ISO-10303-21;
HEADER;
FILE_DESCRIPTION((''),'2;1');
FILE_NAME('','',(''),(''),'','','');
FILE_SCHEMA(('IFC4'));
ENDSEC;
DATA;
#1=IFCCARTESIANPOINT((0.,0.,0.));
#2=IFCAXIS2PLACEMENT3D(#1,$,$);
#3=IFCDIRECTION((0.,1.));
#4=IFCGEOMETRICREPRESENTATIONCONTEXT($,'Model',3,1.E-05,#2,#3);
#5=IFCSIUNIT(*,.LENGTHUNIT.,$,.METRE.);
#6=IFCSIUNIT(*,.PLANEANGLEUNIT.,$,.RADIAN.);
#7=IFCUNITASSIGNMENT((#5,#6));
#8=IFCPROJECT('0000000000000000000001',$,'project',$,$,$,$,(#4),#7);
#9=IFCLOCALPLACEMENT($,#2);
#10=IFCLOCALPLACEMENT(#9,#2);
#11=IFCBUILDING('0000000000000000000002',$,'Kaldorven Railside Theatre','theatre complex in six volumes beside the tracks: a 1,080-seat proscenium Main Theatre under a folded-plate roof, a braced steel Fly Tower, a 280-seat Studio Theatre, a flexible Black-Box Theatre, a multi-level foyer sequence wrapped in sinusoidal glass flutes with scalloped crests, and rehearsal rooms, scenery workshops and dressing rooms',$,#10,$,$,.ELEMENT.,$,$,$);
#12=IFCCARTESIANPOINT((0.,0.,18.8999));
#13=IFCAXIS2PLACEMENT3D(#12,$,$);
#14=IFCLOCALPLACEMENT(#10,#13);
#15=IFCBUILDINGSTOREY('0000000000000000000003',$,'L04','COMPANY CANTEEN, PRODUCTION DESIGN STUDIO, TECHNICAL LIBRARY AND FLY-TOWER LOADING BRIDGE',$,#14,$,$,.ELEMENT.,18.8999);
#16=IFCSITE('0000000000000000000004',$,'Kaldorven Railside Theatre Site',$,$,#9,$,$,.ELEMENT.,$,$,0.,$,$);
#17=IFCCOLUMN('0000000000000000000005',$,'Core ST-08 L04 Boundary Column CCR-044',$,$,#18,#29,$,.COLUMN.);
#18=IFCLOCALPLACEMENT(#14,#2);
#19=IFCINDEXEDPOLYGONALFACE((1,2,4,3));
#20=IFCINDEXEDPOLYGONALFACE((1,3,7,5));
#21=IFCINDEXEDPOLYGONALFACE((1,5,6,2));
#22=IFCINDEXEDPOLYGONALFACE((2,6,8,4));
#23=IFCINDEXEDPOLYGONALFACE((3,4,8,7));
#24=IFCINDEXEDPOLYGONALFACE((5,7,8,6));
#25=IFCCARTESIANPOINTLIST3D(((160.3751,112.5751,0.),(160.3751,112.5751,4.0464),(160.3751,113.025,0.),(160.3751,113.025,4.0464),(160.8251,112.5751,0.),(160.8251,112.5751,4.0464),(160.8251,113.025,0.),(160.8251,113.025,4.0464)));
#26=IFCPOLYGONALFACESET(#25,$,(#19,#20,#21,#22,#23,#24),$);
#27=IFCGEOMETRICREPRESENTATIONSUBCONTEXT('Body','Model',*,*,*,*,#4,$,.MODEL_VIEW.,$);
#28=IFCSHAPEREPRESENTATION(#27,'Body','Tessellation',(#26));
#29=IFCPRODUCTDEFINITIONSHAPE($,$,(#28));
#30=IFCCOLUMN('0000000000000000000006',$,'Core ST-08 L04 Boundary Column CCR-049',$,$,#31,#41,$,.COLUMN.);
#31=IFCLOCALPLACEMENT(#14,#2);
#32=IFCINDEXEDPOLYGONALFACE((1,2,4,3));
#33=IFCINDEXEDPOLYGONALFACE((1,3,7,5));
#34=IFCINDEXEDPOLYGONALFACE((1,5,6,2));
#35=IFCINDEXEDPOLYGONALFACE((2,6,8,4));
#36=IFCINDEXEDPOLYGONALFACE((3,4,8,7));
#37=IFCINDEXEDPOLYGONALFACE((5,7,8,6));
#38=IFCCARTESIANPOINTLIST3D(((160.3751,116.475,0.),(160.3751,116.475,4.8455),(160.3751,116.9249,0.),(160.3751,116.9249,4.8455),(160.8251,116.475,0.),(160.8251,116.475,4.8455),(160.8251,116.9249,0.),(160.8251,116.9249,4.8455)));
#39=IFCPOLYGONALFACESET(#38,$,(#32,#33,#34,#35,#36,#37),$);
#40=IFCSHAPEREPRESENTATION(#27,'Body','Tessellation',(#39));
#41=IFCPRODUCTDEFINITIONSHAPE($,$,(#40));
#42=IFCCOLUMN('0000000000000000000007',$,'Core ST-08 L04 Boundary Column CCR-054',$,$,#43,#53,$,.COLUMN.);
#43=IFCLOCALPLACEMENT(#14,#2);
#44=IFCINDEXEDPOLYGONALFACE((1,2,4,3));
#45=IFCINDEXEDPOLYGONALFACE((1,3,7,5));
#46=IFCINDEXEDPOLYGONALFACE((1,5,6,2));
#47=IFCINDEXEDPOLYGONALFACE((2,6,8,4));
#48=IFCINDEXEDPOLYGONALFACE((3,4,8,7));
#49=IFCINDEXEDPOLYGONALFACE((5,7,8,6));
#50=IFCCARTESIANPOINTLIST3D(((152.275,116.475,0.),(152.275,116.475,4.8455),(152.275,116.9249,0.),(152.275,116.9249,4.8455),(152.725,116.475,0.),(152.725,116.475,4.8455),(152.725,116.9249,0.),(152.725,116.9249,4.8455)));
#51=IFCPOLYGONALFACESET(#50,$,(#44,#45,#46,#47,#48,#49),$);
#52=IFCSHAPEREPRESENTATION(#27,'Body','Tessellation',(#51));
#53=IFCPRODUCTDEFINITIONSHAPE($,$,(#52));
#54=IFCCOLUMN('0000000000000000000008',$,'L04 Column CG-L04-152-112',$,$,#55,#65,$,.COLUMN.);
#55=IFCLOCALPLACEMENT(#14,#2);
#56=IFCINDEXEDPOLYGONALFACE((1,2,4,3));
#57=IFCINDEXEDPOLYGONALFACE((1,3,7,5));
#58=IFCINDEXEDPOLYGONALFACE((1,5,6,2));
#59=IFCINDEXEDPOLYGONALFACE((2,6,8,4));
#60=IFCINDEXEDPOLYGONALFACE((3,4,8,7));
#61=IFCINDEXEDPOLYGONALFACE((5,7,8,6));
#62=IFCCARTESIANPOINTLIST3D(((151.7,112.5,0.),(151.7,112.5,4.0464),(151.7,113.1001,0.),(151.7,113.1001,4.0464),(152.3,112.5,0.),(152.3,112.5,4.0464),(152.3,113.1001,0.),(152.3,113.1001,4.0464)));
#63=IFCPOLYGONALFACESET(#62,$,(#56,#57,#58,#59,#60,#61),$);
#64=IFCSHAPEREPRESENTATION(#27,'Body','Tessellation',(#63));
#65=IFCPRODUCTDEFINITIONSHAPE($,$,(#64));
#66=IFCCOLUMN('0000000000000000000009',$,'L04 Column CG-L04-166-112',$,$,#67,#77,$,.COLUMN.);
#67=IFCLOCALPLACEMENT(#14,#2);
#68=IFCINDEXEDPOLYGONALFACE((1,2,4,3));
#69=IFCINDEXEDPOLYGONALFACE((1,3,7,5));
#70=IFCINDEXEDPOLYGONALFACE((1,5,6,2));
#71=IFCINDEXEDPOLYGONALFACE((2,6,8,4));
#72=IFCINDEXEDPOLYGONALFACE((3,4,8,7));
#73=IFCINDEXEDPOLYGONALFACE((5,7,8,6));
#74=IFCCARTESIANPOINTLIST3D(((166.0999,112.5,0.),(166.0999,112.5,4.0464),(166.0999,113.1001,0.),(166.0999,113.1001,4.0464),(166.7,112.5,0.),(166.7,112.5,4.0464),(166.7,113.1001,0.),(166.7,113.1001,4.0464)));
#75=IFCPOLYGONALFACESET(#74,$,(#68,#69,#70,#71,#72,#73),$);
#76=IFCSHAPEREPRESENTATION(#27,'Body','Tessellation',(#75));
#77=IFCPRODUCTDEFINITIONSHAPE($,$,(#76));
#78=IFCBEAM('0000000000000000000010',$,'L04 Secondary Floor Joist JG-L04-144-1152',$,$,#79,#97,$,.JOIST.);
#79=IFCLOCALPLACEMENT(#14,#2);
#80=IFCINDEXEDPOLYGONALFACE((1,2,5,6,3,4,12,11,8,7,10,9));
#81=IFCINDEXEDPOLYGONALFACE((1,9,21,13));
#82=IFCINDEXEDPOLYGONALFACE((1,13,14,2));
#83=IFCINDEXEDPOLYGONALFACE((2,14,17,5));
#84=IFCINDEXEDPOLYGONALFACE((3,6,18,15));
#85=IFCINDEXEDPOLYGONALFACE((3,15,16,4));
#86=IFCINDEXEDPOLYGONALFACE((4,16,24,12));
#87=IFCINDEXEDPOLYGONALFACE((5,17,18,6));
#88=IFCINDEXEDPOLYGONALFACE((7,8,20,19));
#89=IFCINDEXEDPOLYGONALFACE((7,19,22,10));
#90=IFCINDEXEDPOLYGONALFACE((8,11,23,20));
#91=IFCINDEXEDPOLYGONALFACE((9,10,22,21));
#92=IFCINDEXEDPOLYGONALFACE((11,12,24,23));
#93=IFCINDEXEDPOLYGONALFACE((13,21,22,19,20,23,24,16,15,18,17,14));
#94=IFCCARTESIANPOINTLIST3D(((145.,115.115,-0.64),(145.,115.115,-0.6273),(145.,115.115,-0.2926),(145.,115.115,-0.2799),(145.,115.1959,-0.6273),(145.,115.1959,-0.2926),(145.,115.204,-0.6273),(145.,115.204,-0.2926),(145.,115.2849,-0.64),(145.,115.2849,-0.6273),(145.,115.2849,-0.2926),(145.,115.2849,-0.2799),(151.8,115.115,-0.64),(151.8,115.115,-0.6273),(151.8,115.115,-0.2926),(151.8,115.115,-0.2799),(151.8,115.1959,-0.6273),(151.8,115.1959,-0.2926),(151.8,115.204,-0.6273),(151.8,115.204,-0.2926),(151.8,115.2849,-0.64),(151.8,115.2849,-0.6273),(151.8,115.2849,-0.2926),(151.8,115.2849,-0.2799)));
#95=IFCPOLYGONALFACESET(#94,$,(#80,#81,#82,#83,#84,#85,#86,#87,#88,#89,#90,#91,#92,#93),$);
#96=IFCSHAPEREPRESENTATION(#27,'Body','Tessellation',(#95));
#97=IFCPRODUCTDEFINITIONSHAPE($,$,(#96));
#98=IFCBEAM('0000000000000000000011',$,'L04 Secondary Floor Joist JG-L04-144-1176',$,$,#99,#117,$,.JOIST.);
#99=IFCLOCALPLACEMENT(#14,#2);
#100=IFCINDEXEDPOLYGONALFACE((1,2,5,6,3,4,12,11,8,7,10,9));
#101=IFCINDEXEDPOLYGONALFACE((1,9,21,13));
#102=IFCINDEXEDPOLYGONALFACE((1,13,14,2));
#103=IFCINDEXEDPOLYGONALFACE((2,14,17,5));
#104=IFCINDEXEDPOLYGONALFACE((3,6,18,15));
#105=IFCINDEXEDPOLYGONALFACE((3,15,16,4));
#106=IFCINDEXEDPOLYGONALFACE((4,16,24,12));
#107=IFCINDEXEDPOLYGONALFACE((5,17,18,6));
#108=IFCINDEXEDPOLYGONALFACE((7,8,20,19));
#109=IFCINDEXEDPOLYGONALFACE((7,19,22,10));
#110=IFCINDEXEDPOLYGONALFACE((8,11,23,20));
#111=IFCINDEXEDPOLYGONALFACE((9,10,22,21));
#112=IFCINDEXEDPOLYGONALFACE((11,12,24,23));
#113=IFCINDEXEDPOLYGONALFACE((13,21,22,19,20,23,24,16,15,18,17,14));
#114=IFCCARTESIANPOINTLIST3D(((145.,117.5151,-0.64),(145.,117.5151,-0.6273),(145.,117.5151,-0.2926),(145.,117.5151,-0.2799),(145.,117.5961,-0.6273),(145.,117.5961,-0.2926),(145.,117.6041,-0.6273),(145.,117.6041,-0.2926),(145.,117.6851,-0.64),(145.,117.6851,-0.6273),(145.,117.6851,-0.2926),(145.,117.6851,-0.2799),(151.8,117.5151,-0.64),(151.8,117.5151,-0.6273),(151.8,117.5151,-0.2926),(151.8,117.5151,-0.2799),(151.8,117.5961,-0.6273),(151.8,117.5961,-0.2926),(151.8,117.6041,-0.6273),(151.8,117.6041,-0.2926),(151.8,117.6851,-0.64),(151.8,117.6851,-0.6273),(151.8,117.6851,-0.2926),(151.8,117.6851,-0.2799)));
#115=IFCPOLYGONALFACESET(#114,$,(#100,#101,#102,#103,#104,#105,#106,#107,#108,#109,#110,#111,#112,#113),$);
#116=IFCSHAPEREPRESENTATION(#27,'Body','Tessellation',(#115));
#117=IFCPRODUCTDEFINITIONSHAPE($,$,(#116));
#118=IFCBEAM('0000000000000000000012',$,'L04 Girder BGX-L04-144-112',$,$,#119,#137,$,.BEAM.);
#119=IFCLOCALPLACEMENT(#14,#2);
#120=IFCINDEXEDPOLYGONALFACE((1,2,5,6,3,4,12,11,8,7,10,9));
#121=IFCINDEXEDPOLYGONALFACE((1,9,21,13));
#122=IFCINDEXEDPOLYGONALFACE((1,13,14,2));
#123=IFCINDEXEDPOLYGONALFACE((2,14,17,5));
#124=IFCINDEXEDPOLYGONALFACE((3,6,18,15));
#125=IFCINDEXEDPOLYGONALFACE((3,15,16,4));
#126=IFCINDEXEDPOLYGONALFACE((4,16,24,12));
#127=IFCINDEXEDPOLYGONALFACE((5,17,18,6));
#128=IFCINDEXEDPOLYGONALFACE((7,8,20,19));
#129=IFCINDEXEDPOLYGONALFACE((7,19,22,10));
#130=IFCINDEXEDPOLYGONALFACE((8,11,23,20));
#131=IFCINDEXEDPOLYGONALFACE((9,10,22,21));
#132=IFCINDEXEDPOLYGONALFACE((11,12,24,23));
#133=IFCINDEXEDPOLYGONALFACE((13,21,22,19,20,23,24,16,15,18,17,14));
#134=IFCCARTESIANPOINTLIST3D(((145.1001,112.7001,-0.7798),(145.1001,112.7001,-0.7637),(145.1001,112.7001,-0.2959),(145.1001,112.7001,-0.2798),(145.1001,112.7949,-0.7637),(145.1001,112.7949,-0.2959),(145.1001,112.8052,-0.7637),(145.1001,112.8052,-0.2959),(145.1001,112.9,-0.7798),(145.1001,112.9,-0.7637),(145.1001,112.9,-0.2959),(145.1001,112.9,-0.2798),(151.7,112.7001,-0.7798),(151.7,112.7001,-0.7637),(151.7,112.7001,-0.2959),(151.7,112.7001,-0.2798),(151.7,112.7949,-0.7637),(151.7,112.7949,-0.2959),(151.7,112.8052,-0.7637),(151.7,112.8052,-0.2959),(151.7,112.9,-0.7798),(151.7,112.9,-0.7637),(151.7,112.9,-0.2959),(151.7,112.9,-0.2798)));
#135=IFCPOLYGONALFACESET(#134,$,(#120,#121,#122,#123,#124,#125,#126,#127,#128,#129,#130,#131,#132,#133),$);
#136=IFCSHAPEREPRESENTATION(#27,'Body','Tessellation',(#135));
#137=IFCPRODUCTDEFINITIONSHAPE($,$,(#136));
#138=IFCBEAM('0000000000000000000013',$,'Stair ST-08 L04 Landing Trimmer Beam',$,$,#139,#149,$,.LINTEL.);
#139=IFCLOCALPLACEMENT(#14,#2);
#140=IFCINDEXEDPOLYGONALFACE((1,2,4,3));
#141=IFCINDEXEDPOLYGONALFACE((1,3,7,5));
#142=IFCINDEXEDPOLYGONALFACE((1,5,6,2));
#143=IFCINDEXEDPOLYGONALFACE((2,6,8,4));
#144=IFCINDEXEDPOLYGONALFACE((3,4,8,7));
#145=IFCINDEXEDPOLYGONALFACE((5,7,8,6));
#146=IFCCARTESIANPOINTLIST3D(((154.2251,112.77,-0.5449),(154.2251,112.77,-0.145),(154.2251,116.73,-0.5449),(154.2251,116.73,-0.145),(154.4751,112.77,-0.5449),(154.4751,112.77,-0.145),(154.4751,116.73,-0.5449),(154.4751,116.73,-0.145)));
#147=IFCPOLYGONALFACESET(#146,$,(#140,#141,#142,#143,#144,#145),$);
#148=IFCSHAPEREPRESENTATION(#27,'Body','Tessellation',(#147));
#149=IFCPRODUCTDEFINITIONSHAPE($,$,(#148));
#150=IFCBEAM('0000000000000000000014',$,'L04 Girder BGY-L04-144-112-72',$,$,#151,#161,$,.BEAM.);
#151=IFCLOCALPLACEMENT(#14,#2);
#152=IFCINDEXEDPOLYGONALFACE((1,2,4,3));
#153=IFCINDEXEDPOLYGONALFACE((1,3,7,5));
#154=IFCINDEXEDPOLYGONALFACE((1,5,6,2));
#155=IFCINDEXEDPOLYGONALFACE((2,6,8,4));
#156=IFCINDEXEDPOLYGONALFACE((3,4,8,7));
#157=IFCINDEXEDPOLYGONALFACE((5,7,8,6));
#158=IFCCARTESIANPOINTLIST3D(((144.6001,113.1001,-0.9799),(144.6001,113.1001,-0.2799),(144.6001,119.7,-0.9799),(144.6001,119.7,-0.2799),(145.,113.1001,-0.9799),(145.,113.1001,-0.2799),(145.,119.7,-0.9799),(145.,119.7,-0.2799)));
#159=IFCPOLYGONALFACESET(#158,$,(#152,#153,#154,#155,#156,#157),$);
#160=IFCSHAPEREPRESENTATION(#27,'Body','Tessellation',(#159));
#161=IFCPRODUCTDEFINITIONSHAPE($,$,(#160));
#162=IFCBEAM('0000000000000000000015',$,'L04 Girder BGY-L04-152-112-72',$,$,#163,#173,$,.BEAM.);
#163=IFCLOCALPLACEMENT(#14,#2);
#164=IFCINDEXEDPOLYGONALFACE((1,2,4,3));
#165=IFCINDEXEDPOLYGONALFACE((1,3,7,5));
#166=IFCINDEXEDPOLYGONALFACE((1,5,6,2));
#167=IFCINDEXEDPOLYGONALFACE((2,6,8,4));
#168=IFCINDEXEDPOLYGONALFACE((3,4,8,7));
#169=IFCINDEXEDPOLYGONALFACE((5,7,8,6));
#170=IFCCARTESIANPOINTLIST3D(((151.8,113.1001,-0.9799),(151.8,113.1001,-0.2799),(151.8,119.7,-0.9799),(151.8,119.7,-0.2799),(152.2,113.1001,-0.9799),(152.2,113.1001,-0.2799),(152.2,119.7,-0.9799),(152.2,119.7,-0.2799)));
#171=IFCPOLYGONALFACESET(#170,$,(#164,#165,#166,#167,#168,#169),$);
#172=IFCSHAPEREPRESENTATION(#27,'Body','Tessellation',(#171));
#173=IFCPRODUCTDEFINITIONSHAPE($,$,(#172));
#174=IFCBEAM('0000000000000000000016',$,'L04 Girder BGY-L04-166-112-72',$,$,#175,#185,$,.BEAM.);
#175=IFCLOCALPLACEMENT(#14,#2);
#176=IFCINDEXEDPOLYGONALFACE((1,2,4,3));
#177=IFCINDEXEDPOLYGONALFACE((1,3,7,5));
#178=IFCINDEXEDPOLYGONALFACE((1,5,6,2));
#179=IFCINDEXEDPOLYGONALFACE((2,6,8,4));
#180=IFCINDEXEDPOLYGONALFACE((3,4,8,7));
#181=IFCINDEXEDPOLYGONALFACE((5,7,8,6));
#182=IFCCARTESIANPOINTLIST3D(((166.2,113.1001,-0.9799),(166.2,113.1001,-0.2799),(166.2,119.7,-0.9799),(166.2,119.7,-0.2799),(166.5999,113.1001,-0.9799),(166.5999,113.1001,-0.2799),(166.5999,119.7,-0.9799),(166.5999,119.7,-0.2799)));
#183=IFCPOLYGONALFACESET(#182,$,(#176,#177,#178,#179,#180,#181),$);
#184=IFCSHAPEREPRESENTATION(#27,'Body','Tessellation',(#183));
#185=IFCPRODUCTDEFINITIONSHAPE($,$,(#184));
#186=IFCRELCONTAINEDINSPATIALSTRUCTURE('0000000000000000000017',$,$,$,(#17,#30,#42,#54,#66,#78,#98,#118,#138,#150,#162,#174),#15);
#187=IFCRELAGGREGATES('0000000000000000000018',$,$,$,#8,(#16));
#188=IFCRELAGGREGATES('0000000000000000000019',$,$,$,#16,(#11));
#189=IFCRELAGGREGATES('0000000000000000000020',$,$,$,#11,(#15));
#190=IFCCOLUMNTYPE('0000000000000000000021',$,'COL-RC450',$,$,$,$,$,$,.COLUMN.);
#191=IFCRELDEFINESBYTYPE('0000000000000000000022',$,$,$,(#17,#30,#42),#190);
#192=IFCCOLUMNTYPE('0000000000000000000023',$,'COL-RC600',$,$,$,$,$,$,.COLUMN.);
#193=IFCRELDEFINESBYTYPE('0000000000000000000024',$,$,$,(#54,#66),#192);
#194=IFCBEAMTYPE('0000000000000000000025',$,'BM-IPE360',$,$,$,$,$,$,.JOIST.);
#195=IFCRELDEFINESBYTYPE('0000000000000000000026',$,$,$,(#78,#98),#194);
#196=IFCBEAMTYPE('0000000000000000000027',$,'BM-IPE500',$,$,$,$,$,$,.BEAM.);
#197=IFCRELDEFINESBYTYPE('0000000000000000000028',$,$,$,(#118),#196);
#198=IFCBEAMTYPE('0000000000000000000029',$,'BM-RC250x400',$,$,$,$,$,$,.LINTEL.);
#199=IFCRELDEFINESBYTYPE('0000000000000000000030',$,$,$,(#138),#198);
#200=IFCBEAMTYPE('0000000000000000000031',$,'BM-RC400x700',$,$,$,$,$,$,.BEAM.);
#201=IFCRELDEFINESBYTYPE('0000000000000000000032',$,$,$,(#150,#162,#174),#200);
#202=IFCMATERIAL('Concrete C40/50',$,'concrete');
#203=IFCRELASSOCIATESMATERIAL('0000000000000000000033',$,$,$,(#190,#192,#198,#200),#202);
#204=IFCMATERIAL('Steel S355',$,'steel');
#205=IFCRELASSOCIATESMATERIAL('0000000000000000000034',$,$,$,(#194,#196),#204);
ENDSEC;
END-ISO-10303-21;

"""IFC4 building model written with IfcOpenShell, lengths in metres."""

from ifc_helpers import new_model, si_unit, direction, frame, origin, origin_2d, place, context, subcontext, project, spatial, rectangle, i_section, extrude, material, material_profile, profile_set, type_object, element, save


model = new_model("IFC4")

# Units and contexts
model_context = context("Model", 3, precision=1e-05, world=origin(), true_north=direction((0.0, 1.0)))
body_context = subcontext(model_context, "Body", "Model", "MODEL_VIEW")
ifc_project = project(units=[si_unit("LENGTHUNIT", "METRE"), si_unit("PLANEANGLEUNIT", "RADIAN")], contexts=[model_context])

# Site, building, storey
site_placement = place(None, origin())
site = spatial("IfcSite", under=ifc_project, at=site_placement, Name="Kaldorven Railside Theatre Site", CompositionType="ELEMENT", RefElevation=0.0)
building_placement = place(site_placement, origin())
building = spatial("IfcBuilding", under=site, at=building_placement, Name="Kaldorven Railside Theatre", Description="theatre complex in six volumes beside the tracks: a 1,080-seat proscenium Main Theatre under a folded-plate roof, a braced steel Fly Tower, a 280-seat Studio Theatre, a flexible Black-Box Theatre, a multi-level foyer sequence wrapped in sinusoidal glass flutes with scalloped crests, and rehearsal rooms, scenery workshops and dressing rooms", CompositionType="ELEMENT")
storey_placement = place(building_placement, frame((0.0, 0.0, 18.8999)))
storey = spatial("IfcBuildingStorey", under=building, at=storey_placement, Name="L04", Description="COMPANY CANTEEN, PRODUCTION DESIGN STUDIO, TECHNICAL LIBRARY AND FLY-TOWER LOADING BRIDGE", CompositionType="ELEMENT", Elevation=18.8999)

# Columns
ifc_material_1 = material(Name="Concrete C40/50", Category="concrete")
ifc_material_profile_1 = material_profile(ifc_material_1, rectangle(XDim=0.45, YDim=0.45, at=origin_2d()), Name="RC 450x450")
ifc_profile_set_1 = profile_set([ifc_material_profile_1], Name="Concrete C40/50")
column_type_1 = type_object("IfcColumnType", Name="COL-RC450", PredefinedType="COLUMN", material=ifc_profile_set_1)
column_placement = place(storey_placement, frame((160.6001, 112.8, 0.0), z_axis=(0.0, 0.0, 1.0), x_axis=(1.0, 0.0, 0.0)))
element("IfcColumn", 1, at=column_placement, inside=storey, type_object=column_type_1, Name="Core ST-08 L04 Boundary Column CCR-044", PredefinedType="COLUMN", context=body_context, shape_type="SweptSolid", body=[
    extrude(rectangle(XDim=0.45, YDim=0.45, at=origin_2d()), origin(), (0.0, 0.0, 1.0), 4.0464),
])
for number, where, z_axis, x_axis, name in (
    (2, (160.6001, 116.7, 0.0), (0.0, 0.0, 1.0), (1.0, 0.0, 0.0), "Core ST-08 L04 Boundary Column CCR-049"),
    (3, (152.5, 116.7, 0.0), (0.0, 0.0, 1.0), (1.0, 0.0, 0.0), "Core ST-08 L04 Boundary Column CCR-054"),
):
    element("IfcColumn", number, at=place(storey_placement, frame(where, z_axis=z_axis, x_axis=x_axis)), inside=storey, type_object=column_type_1, Name=name, PredefinedType="COLUMN", context=body_context, shape_type="SweptSolid", body=[
        extrude(rectangle(XDim=0.45, YDim=0.45, at=origin_2d()), origin(), (0.0, 0.0, 1.0), 4.8455),
    ])
ifc_material_profile_2 = material_profile(ifc_material_1, rectangle(XDim=0.6001, YDim=0.6001, at=origin_2d()), Name="RC 600x600")
ifc_profile_set_2 = profile_set([ifc_material_profile_2], Name="Concrete C40/50")
column_type_2 = type_object("IfcColumnType", Name="COL-RC600", PredefinedType="COLUMN", material=ifc_profile_set_2)
for number, where, z_axis, x_axis, name in (
    (4, (152.0, 112.8, 0.0), (0.0, 0.0, 1.0), (1.0, 0.0, 0.0), "L04 Column CG-L04-152-112"),
    (5, (166.3999, 112.8, 0.0), (0.0, 0.0, 1.0), (0.0, 1.0, 0.0), "L04 Column CG-L04-166-112"),
):
    element("IfcColumn", number, at=place(storey_placement, frame(where, z_axis=z_axis, x_axis=x_axis)), inside=storey, type_object=column_type_2, Name=name, PredefinedType="COLUMN", context=body_context, shape_type="SweptSolid", body=[
        extrude(rectangle(XDim=0.6001, YDim=0.6001, at=origin_2d()), origin(), (0.0, 0.0, 1.0), 4.0464),
    ])

# Beams
ifc_material_2 = material(Name="Steel S355", Category="steel")
ifc_material_profile_3 = material_profile(ifc_material_2, i_section(OverallWidth=0.1699, OverallDepth=0.3601, WebThickness=0.0081, FlangeThickness=0.0127, at=origin_2d()), Name="IPE 360")
ifc_profile_set_3 = profile_set([ifc_material_profile_3], Name="Steel S355")
beam_type_1 = type_object("IfcBeamType", Name="BM-IPE360", PredefinedType="JOIST", material=ifc_profile_set_3)
for number, where, z_axis, x_axis, name in (
    (6, (145.0, 115.2, -0.46), (1.0, 0.0, 0.0), (0.0, 1.0, 0.0), "L04 Secondary Floor Joist JG-L04-144-1152"),
    (7, (145.0, 117.6001, -0.46), (1.0, 0.0, 0.0), (0.0, 1.0, 0.0), "L04 Secondary Floor Joist JG-L04-144-1176"),
):
    element("IfcBeam", number, at=place(storey_placement, frame(where, z_axis=z_axis, x_axis=x_axis)), inside=storey, type_object=beam_type_1, Name=name, PredefinedType="JOIST", context=body_context, shape_type="SweptSolid", body=[
        extrude(i_section(OverallWidth=0.1699, OverallDepth=0.3601, WebThickness=0.0081, FlangeThickness=0.0127, at=origin_2d()), origin(), (0.0, 0.0, 1.0), 6.8),
    ])
ifc_material_profile_4 = material_profile(ifc_material_2, i_section(OverallWidth=0.2, OverallDepth=0.5, WebThickness=0.0103, FlangeThickness=0.0161, at=origin_2d()), Name="IPE 500")
ifc_profile_set_4 = profile_set([ifc_material_profile_4], Name="Steel S355")
beam_type_2 = type_object("IfcBeamType", Name="BM-IPE500", PredefinedType="BEAM", material=ifc_profile_set_4)
beam_1_placement = place(storey_placement, frame((145.1001, 112.8, -0.5298), z_axis=(1.0, 0.0, 0.0), x_axis=(0.0, 1.0, 0.0)))
element("IfcBeam", 8, at=beam_1_placement, inside=storey, type_object=beam_type_2, Name="L04 Girder BGX-L04-144-112", PredefinedType="BEAM", context=body_context, shape_type="SweptSolid", body=[
    extrude(i_section(OverallWidth=0.2, OverallDepth=0.5, WebThickness=0.0103, FlangeThickness=0.0161, at=origin_2d()), origin(), (0.0, 0.0, 1.0), 6.5999),
])
ifc_material_profile_5 = material_profile(ifc_material_1, rectangle(XDim=0.25, YDim=0.3999, at=origin_2d()), Name="RC 250x400")
ifc_profile_set_5 = profile_set([ifc_material_profile_5], Name="Concrete C40/50")
beam_type_3 = type_object("IfcBeamType", Name="BM-RC250x400", PredefinedType="LINTEL", material=ifc_profile_set_5)
beam_2_placement = place(storey_placement, frame((154.3501, 112.77, -0.345), z_axis=(0.0, 1.0, 0.0), x_axis=(-1.0, 0.0, 0.0)))
element("IfcBeam", 9, at=beam_2_placement, inside=storey, type_object=beam_type_3, Name="Stair ST-08 L04 Landing Trimmer Beam", PredefinedType="LINTEL", context=body_context, shape_type="SweptSolid", body=[
    extrude(rectangle(XDim=0.25, YDim=0.3999, at=origin_2d()), origin(), (0.0, 0.0, 1.0), 3.96),
])
ifc_material_profile_6 = material_profile(ifc_material_1, rectangle(XDim=0.3999, YDim=0.7, at=origin_2d()), Name="RC 400x700")
ifc_profile_set_6 = profile_set([ifc_material_profile_6], Name="Concrete C40/50")
beam_type_4 = type_object("IfcBeamType", Name="BM-RC400x700", PredefinedType="BEAM", material=ifc_profile_set_6)
for number, where, z_axis, x_axis, name in (
    (10, (144.8, 113.1001, -0.6299), (0.0, 1.0, 0.0), (-1.0, 0.0, 0.0), "L04 Girder BGY-L04-144-112-72"),
    (11, (152.0, 113.1001, -0.6299), (0.0, 1.0, 0.0), (-1.0, 0.0, 0.0), "L04 Girder BGY-L04-152-112-72"),
    (12, (166.3999, 113.1001, -0.6299), (0.0, 1.0, 0.0), (-1.0, 0.0, 0.0), "L04 Girder BGY-L04-166-112-72"),
):
    element("IfcBeam", number, at=place(storey_placement, frame(where, z_axis=z_axis, x_axis=x_axis)), inside=storey, type_object=beam_type_4, Name=name, PredefinedType="BEAM", context=body_context, shape_type="SweptSolid", body=[
        extrude(rectangle(XDim=0.3999, YDim=0.7, at=origin_2d()), origin(), (0.0, 0.0, 1.0), 6.5999),
    ])

save(model, "model.ifc")
